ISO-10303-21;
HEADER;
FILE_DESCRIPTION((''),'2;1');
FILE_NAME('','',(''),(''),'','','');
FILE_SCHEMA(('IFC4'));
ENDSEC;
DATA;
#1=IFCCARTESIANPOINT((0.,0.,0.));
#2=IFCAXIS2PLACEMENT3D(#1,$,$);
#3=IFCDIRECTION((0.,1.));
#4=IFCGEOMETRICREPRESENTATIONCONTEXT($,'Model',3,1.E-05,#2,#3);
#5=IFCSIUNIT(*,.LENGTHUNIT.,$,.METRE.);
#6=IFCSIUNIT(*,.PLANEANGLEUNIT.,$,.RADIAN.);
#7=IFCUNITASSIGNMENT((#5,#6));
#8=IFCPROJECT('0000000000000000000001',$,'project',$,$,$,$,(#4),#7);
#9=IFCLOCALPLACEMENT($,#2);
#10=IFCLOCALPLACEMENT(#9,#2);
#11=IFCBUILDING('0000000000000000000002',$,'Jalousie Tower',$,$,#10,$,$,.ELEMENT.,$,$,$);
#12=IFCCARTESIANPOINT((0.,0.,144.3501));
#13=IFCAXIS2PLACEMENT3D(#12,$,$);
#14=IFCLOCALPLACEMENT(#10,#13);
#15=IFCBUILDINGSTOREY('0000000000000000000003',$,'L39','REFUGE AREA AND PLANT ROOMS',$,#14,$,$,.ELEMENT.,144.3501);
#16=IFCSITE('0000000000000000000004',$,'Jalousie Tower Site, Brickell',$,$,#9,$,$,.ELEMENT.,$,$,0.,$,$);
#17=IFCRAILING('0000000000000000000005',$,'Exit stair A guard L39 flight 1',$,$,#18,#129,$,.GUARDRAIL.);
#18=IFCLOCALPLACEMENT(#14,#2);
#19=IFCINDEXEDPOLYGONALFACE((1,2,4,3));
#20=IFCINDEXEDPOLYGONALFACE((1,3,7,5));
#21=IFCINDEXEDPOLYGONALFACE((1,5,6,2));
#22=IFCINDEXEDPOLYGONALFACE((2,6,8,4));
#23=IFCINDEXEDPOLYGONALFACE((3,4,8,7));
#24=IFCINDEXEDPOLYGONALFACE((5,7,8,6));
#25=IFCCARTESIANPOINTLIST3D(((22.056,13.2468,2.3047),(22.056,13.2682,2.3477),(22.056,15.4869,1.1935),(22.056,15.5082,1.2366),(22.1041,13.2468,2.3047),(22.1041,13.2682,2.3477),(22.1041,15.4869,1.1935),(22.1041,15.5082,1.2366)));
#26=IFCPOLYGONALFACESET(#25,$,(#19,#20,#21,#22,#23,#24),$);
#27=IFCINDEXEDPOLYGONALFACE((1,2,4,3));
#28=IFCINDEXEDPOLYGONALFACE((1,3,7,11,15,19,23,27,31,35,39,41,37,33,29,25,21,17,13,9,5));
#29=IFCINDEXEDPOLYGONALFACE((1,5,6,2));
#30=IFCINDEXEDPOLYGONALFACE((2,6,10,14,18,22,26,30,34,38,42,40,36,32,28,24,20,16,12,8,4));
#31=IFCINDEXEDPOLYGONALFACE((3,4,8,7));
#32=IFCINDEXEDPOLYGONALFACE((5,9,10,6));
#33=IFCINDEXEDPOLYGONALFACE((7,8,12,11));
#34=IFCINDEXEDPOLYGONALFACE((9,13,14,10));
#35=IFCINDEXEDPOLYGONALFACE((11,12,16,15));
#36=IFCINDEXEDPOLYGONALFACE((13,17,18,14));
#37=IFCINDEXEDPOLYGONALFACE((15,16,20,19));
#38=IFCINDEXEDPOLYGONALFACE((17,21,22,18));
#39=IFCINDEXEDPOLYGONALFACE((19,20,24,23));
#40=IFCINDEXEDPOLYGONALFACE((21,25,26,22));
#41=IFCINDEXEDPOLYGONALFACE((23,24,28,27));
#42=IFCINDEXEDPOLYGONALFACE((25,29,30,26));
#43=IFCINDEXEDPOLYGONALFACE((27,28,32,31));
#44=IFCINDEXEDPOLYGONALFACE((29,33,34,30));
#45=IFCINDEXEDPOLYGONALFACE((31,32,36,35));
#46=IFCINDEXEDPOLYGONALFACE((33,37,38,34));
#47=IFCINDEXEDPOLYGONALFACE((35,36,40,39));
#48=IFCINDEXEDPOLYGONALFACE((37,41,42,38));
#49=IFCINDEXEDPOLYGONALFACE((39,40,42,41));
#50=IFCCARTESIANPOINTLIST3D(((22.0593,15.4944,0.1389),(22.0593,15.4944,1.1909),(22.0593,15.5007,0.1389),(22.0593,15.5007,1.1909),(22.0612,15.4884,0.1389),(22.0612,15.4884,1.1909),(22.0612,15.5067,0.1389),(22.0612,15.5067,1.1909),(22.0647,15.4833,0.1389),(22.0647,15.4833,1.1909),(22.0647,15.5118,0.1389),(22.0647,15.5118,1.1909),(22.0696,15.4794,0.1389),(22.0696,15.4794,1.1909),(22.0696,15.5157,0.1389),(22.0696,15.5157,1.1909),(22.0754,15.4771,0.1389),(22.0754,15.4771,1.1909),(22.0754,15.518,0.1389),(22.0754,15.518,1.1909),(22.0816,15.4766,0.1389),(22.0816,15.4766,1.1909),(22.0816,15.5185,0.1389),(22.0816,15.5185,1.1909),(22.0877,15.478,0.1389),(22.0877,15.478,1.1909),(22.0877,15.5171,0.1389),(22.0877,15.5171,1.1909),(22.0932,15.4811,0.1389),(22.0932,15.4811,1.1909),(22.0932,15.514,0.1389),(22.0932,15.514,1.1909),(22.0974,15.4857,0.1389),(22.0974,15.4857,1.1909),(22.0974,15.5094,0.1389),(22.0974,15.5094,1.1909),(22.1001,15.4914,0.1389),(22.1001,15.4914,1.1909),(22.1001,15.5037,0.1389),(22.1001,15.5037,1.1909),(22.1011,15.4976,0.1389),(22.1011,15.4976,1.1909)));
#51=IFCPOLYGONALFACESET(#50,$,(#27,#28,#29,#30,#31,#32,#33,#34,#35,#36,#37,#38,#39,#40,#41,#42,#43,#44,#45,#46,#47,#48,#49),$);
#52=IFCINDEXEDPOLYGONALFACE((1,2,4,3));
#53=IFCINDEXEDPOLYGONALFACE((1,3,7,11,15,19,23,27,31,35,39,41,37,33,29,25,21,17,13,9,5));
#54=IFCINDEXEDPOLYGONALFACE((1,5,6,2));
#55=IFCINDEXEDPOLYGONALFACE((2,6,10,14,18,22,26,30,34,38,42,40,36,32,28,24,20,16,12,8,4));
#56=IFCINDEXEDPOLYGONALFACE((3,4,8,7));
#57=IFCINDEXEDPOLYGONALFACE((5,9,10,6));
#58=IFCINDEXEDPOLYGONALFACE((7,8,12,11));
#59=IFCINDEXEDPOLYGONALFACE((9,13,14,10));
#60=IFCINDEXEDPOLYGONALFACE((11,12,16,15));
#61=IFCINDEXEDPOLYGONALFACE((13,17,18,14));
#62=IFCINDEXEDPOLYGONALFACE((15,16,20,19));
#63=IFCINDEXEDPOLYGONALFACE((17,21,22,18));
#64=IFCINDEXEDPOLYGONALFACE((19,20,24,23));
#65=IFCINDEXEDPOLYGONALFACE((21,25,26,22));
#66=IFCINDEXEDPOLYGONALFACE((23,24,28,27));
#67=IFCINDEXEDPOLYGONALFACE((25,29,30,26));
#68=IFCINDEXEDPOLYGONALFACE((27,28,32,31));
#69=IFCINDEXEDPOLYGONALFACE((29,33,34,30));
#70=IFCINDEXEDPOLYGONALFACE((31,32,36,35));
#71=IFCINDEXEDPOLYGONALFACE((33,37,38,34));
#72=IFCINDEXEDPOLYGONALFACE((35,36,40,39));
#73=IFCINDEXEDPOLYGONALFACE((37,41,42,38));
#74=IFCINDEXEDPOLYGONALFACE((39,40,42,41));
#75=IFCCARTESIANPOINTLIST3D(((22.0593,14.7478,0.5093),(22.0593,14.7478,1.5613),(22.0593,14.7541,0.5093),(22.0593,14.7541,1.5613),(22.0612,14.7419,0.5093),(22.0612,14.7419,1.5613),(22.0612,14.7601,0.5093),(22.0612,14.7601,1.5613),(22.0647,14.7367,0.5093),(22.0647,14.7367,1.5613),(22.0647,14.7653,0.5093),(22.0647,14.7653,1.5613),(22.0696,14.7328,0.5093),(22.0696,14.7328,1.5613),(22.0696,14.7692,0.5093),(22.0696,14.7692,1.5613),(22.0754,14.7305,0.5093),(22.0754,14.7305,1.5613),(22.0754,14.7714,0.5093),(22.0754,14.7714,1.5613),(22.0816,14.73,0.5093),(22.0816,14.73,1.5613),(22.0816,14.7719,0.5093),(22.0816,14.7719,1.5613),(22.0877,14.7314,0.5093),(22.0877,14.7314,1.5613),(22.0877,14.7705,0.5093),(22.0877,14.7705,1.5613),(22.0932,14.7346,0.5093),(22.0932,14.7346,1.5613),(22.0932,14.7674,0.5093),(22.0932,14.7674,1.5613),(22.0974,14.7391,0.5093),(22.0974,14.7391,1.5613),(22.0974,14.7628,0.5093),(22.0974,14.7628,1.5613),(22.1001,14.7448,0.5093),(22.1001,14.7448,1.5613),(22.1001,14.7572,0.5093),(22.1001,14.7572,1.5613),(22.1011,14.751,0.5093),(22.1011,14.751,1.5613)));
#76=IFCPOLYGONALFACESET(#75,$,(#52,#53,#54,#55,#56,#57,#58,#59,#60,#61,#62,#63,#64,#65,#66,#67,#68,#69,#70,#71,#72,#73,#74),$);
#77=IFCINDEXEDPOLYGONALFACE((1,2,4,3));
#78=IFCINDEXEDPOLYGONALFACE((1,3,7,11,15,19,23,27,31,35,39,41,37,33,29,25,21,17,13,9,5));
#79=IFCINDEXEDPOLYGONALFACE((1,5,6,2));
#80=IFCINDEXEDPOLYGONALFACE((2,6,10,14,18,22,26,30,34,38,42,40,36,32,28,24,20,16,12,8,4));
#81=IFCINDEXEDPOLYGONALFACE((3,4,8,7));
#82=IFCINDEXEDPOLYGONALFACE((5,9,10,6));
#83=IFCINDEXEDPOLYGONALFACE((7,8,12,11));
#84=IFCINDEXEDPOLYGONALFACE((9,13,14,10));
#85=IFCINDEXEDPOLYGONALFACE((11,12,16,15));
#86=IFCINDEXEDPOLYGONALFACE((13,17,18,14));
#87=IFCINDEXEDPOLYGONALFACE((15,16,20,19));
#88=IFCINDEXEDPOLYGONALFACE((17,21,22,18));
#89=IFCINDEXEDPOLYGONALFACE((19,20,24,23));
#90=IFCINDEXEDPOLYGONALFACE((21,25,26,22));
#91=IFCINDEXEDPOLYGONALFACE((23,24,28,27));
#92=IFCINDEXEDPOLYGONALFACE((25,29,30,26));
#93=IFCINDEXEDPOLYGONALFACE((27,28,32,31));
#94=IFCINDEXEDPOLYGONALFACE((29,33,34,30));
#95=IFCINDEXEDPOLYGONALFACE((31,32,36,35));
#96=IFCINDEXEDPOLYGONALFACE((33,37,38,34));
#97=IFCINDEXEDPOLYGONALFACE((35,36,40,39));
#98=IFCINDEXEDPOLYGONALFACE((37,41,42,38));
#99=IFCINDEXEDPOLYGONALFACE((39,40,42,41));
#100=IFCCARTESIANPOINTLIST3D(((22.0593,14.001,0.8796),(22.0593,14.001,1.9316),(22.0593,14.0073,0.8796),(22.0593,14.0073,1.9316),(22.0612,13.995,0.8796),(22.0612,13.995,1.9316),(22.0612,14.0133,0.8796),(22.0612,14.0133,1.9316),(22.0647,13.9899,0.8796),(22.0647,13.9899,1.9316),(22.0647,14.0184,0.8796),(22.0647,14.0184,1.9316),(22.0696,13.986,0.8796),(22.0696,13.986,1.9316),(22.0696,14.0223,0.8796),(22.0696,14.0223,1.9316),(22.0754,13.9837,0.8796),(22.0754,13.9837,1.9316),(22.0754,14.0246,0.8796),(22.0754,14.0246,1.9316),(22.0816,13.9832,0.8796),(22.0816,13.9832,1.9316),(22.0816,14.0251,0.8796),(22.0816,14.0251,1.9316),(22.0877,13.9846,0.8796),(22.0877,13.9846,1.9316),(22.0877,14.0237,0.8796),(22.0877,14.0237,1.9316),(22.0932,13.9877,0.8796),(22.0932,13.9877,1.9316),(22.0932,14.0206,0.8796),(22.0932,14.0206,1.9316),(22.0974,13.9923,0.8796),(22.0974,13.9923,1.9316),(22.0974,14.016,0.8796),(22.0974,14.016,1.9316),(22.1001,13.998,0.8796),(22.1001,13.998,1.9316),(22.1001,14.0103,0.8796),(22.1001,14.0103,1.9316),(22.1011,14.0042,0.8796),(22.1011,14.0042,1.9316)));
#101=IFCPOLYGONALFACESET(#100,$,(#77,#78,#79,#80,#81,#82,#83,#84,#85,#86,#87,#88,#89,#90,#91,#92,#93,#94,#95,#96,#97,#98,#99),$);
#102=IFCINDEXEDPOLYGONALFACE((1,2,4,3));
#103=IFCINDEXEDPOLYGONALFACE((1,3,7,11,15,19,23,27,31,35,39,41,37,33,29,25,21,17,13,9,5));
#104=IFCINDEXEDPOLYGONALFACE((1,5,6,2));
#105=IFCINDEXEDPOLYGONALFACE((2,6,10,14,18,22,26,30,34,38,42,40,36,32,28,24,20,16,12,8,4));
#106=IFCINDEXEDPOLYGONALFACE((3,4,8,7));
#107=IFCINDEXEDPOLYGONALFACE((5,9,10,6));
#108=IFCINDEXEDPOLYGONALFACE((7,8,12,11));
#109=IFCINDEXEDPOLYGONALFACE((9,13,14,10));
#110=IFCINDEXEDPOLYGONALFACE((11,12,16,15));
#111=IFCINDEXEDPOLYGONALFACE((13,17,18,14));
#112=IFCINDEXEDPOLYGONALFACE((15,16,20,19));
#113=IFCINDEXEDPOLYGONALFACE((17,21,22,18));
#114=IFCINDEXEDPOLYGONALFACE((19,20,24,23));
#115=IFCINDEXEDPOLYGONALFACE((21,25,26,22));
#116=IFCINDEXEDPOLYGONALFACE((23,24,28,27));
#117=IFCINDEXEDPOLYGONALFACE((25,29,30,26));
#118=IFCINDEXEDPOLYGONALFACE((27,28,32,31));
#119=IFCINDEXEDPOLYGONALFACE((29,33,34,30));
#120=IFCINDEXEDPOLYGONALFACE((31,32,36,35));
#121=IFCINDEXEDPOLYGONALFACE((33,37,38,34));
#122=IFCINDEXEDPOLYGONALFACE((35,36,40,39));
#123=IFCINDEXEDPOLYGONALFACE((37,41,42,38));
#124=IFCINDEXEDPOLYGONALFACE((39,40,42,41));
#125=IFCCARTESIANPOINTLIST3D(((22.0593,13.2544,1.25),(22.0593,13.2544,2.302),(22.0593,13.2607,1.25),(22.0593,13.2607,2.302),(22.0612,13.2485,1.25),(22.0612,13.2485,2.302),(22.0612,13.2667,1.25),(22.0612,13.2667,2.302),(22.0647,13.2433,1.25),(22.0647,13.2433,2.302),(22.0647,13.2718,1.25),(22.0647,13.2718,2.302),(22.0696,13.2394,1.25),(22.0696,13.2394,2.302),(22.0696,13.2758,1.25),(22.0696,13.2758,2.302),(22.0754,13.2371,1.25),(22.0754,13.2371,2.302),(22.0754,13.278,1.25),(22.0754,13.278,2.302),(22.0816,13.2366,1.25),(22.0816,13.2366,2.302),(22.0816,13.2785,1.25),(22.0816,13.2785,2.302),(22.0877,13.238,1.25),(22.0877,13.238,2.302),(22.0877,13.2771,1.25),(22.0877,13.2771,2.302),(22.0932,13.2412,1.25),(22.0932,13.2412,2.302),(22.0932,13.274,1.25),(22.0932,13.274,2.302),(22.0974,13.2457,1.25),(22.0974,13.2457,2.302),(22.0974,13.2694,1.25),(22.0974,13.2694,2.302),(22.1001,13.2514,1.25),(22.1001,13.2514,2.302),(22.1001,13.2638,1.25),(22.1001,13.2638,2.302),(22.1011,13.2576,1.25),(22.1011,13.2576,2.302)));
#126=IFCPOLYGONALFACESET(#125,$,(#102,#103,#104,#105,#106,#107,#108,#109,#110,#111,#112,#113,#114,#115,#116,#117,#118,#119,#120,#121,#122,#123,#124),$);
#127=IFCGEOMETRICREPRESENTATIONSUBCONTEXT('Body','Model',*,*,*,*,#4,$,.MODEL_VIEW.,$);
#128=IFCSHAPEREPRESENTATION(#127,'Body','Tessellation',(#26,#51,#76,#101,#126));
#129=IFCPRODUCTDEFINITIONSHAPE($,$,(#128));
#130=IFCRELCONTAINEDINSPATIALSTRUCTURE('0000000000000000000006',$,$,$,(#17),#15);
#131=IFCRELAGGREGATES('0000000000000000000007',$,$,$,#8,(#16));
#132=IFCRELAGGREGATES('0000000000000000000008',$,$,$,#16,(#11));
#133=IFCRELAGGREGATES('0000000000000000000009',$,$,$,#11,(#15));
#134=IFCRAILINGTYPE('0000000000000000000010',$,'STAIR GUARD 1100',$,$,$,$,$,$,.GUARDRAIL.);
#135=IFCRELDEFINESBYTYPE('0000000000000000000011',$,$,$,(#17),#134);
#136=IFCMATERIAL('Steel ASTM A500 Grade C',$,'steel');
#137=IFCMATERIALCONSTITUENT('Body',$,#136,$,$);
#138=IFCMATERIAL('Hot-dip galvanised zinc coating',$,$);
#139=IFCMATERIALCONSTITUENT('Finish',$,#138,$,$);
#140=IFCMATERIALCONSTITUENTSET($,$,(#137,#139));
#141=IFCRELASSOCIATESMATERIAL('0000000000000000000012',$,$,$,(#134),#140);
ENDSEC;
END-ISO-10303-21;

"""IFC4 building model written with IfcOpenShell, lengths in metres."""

from ifc_helpers import new_model, si_unit, direction, frame, origin, origin_2d, place, context, subcontext, project, spatial, rectangle, circle, extrude, material, constituent, constituent_set, type_object, element, save


model = new_model("IFC4")

# Units and contexts
model_context = context("Model", 3, precision=1e-05, world=origin(), true_north=direction((0.0, 1.0)))
body_context = subcontext(model_context, "Body", "Model", "MODEL_VIEW")
ifc_project = project(units=[si_unit("LENGTHUNIT", "METRE"), si_unit("PLANEANGLEUNIT", "RADIAN")], contexts=[model_context])

# Site, building, storey
site_placement = place(None, origin())
site = spatial("IfcSite", under=ifc_project, at=site_placement, Name="Jalousie Tower Site, Brickell", CompositionType="ELEMENT", RefElevation=0.0)
building_placement = place(site_placement, origin())
building = spatial("IfcBuilding", under=site, at=building_placement, Name="Jalousie Tower", CompositionType="ELEMENT")
storey_placement = place(building_placement, frame((0.0, 0.0, 144.3501)))
storey = spatial("IfcBuildingStorey", under=building, at=storey_placement, Name="L39", Description="REFUGE AREA AND PLANT ROOMS", CompositionType="ELEMENT", Elevation=144.3501)

# Railing
ifc_material_1 = material(Name="Steel ASTM A500 Grade C", Category="steel")
ifc_constituent_1 = constituent(ifc_material_1, Name="Body")
ifc_material_2 = material(Name="Hot-dip galvanised zinc coating")
ifc_constituent_2 = constituent(ifc_material_2, Name="Finish")
ifc_constituent_set_1 = constituent_set(constituents=[ifc_constituent_1, ifc_constituent_2])
railing_type_1 = type_object("IfcRailingType", Name="STAIR GUARD 1100", PredefinedType="GUARDRAIL", material=ifc_constituent_set_1)
railing_1_placement = place(storey_placement, frame((22.0801, 15.4976, 0.1389)))
element("IfcRailing", 1, at=railing_1_placement, inside=storey, type_object=railing_type_1, Name="Exit stair A guard L39 flight 1", PredefinedType="GUARDRAIL", context=body_context, shape_type="SweptSolid", body=[
    extrude(rectangle(XDim=0.0481, YDim=0.0481, at=origin_2d()), frame((0.0, 0.0, 1.0762), z_axis=(0.0, -0.895848, 0.44436), x_axis=(1.0, 0.0, 0.0)), (0.0, 0.0, 1.0), 2.5005),
    extrude(circle(Radius=0.021, at=origin_2d()), origin(), (0.0, 0.0, 1.0), 1.052),
    extrude(circle(Radius=0.021, at=origin_2d()), frame((0.0, -0.7466, 0.3704)), (0.0, 0.0, 1.0), 1.052),
    extrude(circle(Radius=0.021, at=origin_2d()), frame((0.0, -1.4934, 0.7407)), (0.0, 0.0, 1.0), 1.052),
    extrude(circle(Radius=0.021, at=origin_2d()), frame((0.0, -2.24, 1.1111)), (0.0, 0.0, 1.0), 1.052),
])

save(model, "model.ifc")
